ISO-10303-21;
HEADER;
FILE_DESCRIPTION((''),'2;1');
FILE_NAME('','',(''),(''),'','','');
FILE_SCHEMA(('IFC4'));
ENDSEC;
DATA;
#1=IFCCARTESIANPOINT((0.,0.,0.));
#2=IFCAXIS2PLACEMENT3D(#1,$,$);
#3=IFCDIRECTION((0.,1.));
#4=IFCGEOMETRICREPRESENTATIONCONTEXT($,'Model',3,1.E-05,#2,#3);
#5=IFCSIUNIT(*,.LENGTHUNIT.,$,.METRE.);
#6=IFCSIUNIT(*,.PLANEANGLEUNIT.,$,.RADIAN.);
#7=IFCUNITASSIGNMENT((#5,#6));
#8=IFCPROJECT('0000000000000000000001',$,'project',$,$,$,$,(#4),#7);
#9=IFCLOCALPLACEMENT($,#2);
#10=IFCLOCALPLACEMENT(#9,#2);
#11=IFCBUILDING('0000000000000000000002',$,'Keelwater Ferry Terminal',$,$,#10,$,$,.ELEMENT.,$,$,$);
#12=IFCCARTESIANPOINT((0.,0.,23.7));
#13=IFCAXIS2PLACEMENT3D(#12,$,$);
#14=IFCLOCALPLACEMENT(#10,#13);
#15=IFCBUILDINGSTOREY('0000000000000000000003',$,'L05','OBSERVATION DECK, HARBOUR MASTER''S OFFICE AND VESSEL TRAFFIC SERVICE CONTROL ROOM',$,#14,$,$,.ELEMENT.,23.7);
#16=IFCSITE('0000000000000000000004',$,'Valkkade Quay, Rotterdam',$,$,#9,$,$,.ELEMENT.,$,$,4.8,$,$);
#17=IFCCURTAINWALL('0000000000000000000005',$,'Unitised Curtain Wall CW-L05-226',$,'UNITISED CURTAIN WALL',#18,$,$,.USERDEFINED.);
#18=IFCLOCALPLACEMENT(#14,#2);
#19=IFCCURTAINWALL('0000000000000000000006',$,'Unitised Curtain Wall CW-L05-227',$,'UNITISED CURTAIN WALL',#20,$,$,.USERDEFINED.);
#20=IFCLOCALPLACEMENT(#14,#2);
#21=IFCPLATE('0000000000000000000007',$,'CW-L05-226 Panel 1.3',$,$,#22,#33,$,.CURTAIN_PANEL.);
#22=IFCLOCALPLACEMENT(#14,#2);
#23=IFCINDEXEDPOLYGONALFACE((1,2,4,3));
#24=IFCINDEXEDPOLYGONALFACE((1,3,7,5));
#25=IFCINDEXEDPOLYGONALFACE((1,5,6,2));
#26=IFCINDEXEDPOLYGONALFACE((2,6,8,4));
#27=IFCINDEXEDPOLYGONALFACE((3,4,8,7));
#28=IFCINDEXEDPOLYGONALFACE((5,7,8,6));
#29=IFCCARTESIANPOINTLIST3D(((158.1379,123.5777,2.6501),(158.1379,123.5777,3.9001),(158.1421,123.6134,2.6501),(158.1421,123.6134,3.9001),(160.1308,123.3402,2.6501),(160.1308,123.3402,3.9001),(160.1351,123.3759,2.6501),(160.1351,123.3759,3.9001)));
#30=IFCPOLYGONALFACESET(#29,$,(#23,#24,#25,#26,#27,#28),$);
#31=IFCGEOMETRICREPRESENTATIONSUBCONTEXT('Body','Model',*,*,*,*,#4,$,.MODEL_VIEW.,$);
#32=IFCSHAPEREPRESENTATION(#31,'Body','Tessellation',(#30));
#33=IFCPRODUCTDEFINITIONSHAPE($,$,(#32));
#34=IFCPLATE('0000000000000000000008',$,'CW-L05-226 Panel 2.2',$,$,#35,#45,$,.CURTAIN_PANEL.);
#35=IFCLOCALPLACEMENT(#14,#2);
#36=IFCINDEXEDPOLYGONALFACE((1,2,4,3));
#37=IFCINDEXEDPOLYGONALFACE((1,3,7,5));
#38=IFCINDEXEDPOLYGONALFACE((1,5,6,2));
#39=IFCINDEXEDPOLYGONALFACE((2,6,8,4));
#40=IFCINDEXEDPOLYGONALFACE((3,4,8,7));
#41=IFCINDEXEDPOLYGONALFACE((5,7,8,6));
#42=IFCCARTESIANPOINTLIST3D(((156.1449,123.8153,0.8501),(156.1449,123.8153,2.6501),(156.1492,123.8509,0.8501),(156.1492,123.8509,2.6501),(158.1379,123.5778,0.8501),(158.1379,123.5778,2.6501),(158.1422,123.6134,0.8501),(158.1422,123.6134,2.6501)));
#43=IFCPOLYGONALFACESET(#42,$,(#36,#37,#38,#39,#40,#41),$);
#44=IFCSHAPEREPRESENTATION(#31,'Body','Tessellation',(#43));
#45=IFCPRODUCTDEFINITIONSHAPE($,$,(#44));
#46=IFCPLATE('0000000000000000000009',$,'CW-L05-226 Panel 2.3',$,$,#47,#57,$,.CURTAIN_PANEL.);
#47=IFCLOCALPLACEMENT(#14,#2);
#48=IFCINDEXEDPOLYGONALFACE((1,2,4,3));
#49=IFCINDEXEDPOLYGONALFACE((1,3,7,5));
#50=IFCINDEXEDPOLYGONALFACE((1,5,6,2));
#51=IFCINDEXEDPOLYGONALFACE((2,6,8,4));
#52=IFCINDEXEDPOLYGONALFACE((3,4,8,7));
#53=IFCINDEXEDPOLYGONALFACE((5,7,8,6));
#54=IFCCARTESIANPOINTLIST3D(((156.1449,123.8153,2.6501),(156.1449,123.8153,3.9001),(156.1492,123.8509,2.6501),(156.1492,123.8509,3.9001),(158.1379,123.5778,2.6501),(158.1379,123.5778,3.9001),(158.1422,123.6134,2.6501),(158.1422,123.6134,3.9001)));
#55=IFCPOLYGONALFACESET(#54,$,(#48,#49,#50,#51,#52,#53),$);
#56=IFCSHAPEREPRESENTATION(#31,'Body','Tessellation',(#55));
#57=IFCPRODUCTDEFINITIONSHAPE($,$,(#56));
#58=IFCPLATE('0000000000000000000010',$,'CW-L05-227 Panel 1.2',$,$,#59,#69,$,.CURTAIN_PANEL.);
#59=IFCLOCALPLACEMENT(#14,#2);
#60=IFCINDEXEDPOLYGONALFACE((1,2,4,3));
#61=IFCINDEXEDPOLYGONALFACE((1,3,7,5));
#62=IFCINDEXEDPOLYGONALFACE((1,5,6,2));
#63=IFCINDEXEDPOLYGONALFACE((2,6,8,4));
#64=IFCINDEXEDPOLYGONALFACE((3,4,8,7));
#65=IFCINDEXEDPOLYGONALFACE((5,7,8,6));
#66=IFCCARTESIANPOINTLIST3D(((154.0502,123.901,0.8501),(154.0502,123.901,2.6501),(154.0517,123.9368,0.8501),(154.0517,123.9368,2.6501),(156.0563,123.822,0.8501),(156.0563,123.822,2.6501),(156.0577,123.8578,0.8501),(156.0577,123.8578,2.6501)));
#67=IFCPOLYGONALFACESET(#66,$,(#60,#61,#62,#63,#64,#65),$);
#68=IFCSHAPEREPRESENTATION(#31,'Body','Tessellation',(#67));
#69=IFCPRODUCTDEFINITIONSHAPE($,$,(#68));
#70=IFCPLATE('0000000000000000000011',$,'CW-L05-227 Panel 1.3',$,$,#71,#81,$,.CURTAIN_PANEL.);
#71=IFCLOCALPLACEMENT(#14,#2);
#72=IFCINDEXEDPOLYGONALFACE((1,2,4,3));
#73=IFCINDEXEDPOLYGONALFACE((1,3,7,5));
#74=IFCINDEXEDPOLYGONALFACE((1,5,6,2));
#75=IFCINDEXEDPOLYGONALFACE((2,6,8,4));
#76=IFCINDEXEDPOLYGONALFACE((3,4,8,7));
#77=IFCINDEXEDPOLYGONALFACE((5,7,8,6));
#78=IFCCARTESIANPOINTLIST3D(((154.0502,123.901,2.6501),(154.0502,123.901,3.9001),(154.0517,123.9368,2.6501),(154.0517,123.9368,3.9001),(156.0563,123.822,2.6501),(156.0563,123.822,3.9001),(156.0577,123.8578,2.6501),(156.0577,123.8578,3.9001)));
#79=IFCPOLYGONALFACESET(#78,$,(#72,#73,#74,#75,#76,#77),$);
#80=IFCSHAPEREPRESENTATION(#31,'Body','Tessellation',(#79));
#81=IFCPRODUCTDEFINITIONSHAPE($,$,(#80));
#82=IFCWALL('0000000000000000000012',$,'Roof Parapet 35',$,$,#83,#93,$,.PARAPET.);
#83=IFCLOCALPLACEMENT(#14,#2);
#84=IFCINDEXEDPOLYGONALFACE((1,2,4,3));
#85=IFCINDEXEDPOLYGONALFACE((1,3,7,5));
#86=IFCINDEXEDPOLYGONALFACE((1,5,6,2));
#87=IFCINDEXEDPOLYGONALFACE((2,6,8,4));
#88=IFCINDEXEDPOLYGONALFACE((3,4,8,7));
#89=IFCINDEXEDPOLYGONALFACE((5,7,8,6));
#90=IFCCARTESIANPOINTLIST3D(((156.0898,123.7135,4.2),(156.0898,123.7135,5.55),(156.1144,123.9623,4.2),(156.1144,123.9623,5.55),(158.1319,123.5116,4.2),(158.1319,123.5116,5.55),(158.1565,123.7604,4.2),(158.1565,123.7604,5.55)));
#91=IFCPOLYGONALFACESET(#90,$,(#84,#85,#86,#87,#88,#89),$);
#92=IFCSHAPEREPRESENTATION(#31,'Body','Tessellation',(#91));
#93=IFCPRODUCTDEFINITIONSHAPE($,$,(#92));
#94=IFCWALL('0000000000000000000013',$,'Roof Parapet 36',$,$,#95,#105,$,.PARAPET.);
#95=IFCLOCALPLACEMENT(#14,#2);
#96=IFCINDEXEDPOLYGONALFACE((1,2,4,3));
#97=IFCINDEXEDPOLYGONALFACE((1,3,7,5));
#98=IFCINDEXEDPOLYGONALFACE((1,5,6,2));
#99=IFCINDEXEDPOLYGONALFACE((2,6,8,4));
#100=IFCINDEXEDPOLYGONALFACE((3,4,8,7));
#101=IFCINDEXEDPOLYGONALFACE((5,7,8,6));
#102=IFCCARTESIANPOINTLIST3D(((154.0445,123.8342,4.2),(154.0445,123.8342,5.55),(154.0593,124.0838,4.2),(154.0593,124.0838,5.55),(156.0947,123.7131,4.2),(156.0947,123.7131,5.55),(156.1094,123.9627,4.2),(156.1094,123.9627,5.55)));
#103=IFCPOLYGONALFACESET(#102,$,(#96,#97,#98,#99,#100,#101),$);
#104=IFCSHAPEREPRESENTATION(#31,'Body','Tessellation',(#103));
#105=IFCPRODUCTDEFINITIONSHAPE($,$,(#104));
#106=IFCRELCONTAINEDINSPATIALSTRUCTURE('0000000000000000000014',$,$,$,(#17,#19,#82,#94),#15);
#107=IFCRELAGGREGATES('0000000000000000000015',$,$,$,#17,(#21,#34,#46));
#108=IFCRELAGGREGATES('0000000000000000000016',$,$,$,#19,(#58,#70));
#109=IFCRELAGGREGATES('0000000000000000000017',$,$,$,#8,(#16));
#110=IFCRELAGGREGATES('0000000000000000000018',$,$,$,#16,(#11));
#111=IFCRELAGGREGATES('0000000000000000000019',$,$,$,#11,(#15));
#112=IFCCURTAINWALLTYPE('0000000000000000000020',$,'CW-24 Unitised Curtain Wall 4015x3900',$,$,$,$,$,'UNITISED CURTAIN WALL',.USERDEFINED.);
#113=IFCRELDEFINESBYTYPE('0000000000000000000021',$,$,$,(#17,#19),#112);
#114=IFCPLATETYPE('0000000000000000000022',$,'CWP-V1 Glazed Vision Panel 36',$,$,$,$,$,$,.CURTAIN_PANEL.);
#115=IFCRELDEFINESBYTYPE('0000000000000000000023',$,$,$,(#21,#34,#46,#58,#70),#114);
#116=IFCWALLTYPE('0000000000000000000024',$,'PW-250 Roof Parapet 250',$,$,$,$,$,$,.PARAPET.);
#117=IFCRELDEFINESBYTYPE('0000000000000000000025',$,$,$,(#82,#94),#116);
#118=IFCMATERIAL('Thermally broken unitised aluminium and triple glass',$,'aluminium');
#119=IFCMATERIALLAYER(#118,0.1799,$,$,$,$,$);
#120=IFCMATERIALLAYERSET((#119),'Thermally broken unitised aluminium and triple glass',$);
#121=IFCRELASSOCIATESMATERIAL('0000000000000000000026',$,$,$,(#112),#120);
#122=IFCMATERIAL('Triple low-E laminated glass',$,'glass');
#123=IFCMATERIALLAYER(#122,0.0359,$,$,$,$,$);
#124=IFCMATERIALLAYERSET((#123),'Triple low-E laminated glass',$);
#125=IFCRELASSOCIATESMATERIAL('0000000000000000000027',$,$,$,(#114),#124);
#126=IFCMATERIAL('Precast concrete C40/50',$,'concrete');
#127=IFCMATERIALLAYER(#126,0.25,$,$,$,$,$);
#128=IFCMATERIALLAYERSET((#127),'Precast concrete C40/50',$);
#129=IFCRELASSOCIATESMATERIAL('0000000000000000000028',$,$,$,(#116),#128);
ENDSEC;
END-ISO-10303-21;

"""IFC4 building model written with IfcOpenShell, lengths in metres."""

from ifc_helpers import new_model, si_unit, direction, frame, frame_2d, origin, origin_2d, place, context, subcontext, project, spatial, rectangle, extrude, material, layer, layer_set, type_object, element, aggregate, save


model = new_model("IFC4")

# Units and contexts
model_context = context("Model", 3, precision=1e-05, world=origin(), true_north=direction((0.0, 1.0)))
body_context = subcontext(model_context, "Body", "Model", "MODEL_VIEW")
ifc_project = project(units=[si_unit("LENGTHUNIT", "METRE"), si_unit("PLANEANGLEUNIT", "RADIAN")], contexts=[model_context])

# Site, building, storey
site_placement = place(None, origin())
site = spatial("IfcSite", under=ifc_project, at=site_placement, Name="Valkkade Quay, Rotterdam", CompositionType="ELEMENT", RefElevation=4.8)
building_placement = place(site_placement, origin())
building = spatial("IfcBuilding", under=site, at=building_placement, Name="Keelwater Ferry Terminal", CompositionType="ELEMENT")
storey_placement = place(building_placement, frame((0.0, 0.0, 23.7)))
storey = spatial("IfcBuildingStorey", under=building, at=storey_placement, Name="L05", Description="OBSERVATION DECK, HARBOUR MASTER'S OFFICE AND VESSEL TRAFFIC SERVICE CONTROL ROOM", CompositionType="ELEMENT", Elevation=23.7)

# Curtain wall
ifc_material_1 = material(Name="Thermally broken unitised aluminium and triple glass", Category="aluminium")
ifc_layer_1 = layer(ifc_material_1, 0.1799)
ifc_layer_set_1 = layer_set([ifc_layer_1], Name="Thermally broken unitised aluminium and triple glass")
curtain_wall_type = type_object("IfcCurtainWallType", Name="CW-24 Unitised Curtain Wall 4015x3900", ElementType="UNITISED CURTAIN WALL", PredefinedType="USERDEFINED", material=ifc_layer_set_1)
curtain_wall_1_placement = place(storey_placement, origin())
curtain_wall_1 = element("IfcCurtainWall", 1, at=curtain_wall_1_placement, inside=storey, type_object=curtain_wall_type, Name="Unitised Curtain Wall CW-L05-226", ObjectType="UNITISED CURTAIN WALL", PredefinedType="USERDEFINED")

# Curtain wall
curtain_wall_2_placement = place(storey_placement, origin())
curtain_wall_2 = element("IfcCurtainWall", 2, at=curtain_wall_2_placement, inside=storey, type_object=curtain_wall_type, Name="Unitised Curtain Wall CW-L05-227", ObjectType="UNITISED CURTAIN WALL", PredefinedType="USERDEFINED")

# Plates
ifc_material_2 = material(Name="Triple low-E laminated glass", Category="glass")
ifc_layer_2 = layer(ifc_material_2, 0.0359)
ifc_layer_set_2 = layer_set([ifc_layer_2], Name="Triple low-E laminated glass")
plate_type_1 = type_object("IfcPlateType", Name="CWP-V1 Glazed Vision Panel 36", PredefinedType="CURTAIN_PANEL", material=ifc_layer_set_2)
plate_1_placement = place(storey_placement, frame((159.1365, 123.4768, 2.6501), z_axis=(0.0, 0.0, 1.0), x_axis=(-0.992974, 0.11833, 0.0)))
plate_1 = element("IfcPlate", 3, at=plate_1_placement, type_object=plate_type_1, Name="CW-L05-226 Panel 1.3", PredefinedType="CURTAIN_PANEL", context=body_context, shape_type="SweptSolid", body=[
    extrude(rectangle(XDim=2.0071, YDim=0.0359, at=origin_2d()), origin(), (0.0, 0.0, 1.0), 1.25),
])
plate_2_placement = place(storey_placement, frame((157.1436, 123.7144, 0.8501), z_axis=(0.0, 0.0, 1.0), x_axis=(-0.992974, 0.11833, 0.0)))
plate_2 = element("IfcPlate", 4, at=plate_2_placement, type_object=plate_type_1, Name="CW-L05-226 Panel 2.2", PredefinedType="CURTAIN_PANEL", context=body_context, shape_type="SweptSolid", body=[
    extrude(rectangle(XDim=2.0071, YDim=0.0359, at=origin_2d()), origin(), (0.0, 0.0, 1.0), 1.8),
])
plate_3_placement = place(storey_placement, frame((157.1436, 123.7144, 2.6501), z_axis=(0.0, 0.0, 1.0), x_axis=(-0.992974, 0.11833, 0.0)))
plate_3 = element("IfcPlate", 5, at=plate_3_placement, type_object=plate_type_1, Name="CW-L05-226 Panel 2.3", PredefinedType="CURTAIN_PANEL", context=body_context, shape_type="SweptSolid", body=[
    extrude(rectangle(XDim=2.0071, YDim=0.0359, at=origin_2d()), origin(), (0.0, 0.0, 1.0), 1.25),
])
aggregate(curtain_wall_1, [plate_1, plate_2, plate_3])
plate_4_placement = place(storey_placement, frame((155.054, 123.8794, 0.8501), z_axis=(0.0, 0.0, 1.0), x_axis=(-0.999225, 0.039351, 0.0)))
plate_4 = element("IfcPlate", 6, at=plate_4_placement, type_object=plate_type_1, Name="CW-L05-227 Panel 1.2", PredefinedType="CURTAIN_PANEL", context=body_context, shape_type="SweptSolid", body=[
    extrude(rectangle(XDim=2.0076, YDim=0.0359, at=origin_2d()), origin(), (0.0, 0.0, 1.0), 1.8),
])
plate_5_placement = place(storey_placement, frame((155.054, 123.8794, 2.6501), z_axis=(0.0, 0.0, 1.0), x_axis=(-0.999225, 0.039351, 0.0)))
plate_5 = element("IfcPlate", 7, at=plate_5_placement, type_object=plate_type_1, Name="CW-L05-227 Panel 1.3", PredefinedType="CURTAIN_PANEL", context=body_context, shape_type="SweptSolid", body=[
    extrude(rectangle(XDim=2.0076, YDim=0.0359, at=origin_2d()), origin(), (0.0, 0.0, 1.0), 1.25),
])
aggregate(curtain_wall_2, [plate_4, plate_5])

# Walls
ifc_material_3 = material(Name="Precast concrete C40/50", Category="concrete")
ifc_layer_3 = layer(ifc_material_3, 0.25)
ifc_layer_set_3 = layer_set([ifc_layer_3], Name="Precast concrete C40/50")
wall_type = type_object("IfcWallType", Name="PW-250 Roof Parapet 250", PredefinedType="PARAPET", material=ifc_layer_set_3)
wall_1_placement = place(storey_placement, frame((158.144, 123.636, 4.2), z_axis=(0.0, 0.0, 1.0), x_axis=(-0.995147, 0.098396, 0.0)))
element("IfcWall", 8, at=wall_1_placement, inside=storey, type_object=wall_type, Name="Roof Parapet 35", PredefinedType="PARAPET", context=body_context, shape_type="SweptSolid", body=[
    extrude(rectangle(XDim=2.052, YDim=0.25, at=frame_2d((1.0259, 0.0))), origin(), (0.0, 0.0, 1.0), 1.3501),
])
wall_2_placement = place(storey_placement, frame((156.1021, 123.8379, 4.2), z_axis=(0.0, 0.0, 1.0), x_axis=(-0.99826, 0.058966, 0.0)))
element("IfcWall", 9, at=wall_2_placement, inside=storey, type_object=wall_type, Name="Roof Parapet 36", PredefinedType="PARAPET", context=body_context, shape_type="SweptSolid", body=[
    extrude(rectangle(XDim=2.0537, YDim=0.25, at=frame_2d((1.0269, 0.0))), origin(), (0.0, 0.0, 1.0), 1.3501),
])

save(model, "model.ifc")
